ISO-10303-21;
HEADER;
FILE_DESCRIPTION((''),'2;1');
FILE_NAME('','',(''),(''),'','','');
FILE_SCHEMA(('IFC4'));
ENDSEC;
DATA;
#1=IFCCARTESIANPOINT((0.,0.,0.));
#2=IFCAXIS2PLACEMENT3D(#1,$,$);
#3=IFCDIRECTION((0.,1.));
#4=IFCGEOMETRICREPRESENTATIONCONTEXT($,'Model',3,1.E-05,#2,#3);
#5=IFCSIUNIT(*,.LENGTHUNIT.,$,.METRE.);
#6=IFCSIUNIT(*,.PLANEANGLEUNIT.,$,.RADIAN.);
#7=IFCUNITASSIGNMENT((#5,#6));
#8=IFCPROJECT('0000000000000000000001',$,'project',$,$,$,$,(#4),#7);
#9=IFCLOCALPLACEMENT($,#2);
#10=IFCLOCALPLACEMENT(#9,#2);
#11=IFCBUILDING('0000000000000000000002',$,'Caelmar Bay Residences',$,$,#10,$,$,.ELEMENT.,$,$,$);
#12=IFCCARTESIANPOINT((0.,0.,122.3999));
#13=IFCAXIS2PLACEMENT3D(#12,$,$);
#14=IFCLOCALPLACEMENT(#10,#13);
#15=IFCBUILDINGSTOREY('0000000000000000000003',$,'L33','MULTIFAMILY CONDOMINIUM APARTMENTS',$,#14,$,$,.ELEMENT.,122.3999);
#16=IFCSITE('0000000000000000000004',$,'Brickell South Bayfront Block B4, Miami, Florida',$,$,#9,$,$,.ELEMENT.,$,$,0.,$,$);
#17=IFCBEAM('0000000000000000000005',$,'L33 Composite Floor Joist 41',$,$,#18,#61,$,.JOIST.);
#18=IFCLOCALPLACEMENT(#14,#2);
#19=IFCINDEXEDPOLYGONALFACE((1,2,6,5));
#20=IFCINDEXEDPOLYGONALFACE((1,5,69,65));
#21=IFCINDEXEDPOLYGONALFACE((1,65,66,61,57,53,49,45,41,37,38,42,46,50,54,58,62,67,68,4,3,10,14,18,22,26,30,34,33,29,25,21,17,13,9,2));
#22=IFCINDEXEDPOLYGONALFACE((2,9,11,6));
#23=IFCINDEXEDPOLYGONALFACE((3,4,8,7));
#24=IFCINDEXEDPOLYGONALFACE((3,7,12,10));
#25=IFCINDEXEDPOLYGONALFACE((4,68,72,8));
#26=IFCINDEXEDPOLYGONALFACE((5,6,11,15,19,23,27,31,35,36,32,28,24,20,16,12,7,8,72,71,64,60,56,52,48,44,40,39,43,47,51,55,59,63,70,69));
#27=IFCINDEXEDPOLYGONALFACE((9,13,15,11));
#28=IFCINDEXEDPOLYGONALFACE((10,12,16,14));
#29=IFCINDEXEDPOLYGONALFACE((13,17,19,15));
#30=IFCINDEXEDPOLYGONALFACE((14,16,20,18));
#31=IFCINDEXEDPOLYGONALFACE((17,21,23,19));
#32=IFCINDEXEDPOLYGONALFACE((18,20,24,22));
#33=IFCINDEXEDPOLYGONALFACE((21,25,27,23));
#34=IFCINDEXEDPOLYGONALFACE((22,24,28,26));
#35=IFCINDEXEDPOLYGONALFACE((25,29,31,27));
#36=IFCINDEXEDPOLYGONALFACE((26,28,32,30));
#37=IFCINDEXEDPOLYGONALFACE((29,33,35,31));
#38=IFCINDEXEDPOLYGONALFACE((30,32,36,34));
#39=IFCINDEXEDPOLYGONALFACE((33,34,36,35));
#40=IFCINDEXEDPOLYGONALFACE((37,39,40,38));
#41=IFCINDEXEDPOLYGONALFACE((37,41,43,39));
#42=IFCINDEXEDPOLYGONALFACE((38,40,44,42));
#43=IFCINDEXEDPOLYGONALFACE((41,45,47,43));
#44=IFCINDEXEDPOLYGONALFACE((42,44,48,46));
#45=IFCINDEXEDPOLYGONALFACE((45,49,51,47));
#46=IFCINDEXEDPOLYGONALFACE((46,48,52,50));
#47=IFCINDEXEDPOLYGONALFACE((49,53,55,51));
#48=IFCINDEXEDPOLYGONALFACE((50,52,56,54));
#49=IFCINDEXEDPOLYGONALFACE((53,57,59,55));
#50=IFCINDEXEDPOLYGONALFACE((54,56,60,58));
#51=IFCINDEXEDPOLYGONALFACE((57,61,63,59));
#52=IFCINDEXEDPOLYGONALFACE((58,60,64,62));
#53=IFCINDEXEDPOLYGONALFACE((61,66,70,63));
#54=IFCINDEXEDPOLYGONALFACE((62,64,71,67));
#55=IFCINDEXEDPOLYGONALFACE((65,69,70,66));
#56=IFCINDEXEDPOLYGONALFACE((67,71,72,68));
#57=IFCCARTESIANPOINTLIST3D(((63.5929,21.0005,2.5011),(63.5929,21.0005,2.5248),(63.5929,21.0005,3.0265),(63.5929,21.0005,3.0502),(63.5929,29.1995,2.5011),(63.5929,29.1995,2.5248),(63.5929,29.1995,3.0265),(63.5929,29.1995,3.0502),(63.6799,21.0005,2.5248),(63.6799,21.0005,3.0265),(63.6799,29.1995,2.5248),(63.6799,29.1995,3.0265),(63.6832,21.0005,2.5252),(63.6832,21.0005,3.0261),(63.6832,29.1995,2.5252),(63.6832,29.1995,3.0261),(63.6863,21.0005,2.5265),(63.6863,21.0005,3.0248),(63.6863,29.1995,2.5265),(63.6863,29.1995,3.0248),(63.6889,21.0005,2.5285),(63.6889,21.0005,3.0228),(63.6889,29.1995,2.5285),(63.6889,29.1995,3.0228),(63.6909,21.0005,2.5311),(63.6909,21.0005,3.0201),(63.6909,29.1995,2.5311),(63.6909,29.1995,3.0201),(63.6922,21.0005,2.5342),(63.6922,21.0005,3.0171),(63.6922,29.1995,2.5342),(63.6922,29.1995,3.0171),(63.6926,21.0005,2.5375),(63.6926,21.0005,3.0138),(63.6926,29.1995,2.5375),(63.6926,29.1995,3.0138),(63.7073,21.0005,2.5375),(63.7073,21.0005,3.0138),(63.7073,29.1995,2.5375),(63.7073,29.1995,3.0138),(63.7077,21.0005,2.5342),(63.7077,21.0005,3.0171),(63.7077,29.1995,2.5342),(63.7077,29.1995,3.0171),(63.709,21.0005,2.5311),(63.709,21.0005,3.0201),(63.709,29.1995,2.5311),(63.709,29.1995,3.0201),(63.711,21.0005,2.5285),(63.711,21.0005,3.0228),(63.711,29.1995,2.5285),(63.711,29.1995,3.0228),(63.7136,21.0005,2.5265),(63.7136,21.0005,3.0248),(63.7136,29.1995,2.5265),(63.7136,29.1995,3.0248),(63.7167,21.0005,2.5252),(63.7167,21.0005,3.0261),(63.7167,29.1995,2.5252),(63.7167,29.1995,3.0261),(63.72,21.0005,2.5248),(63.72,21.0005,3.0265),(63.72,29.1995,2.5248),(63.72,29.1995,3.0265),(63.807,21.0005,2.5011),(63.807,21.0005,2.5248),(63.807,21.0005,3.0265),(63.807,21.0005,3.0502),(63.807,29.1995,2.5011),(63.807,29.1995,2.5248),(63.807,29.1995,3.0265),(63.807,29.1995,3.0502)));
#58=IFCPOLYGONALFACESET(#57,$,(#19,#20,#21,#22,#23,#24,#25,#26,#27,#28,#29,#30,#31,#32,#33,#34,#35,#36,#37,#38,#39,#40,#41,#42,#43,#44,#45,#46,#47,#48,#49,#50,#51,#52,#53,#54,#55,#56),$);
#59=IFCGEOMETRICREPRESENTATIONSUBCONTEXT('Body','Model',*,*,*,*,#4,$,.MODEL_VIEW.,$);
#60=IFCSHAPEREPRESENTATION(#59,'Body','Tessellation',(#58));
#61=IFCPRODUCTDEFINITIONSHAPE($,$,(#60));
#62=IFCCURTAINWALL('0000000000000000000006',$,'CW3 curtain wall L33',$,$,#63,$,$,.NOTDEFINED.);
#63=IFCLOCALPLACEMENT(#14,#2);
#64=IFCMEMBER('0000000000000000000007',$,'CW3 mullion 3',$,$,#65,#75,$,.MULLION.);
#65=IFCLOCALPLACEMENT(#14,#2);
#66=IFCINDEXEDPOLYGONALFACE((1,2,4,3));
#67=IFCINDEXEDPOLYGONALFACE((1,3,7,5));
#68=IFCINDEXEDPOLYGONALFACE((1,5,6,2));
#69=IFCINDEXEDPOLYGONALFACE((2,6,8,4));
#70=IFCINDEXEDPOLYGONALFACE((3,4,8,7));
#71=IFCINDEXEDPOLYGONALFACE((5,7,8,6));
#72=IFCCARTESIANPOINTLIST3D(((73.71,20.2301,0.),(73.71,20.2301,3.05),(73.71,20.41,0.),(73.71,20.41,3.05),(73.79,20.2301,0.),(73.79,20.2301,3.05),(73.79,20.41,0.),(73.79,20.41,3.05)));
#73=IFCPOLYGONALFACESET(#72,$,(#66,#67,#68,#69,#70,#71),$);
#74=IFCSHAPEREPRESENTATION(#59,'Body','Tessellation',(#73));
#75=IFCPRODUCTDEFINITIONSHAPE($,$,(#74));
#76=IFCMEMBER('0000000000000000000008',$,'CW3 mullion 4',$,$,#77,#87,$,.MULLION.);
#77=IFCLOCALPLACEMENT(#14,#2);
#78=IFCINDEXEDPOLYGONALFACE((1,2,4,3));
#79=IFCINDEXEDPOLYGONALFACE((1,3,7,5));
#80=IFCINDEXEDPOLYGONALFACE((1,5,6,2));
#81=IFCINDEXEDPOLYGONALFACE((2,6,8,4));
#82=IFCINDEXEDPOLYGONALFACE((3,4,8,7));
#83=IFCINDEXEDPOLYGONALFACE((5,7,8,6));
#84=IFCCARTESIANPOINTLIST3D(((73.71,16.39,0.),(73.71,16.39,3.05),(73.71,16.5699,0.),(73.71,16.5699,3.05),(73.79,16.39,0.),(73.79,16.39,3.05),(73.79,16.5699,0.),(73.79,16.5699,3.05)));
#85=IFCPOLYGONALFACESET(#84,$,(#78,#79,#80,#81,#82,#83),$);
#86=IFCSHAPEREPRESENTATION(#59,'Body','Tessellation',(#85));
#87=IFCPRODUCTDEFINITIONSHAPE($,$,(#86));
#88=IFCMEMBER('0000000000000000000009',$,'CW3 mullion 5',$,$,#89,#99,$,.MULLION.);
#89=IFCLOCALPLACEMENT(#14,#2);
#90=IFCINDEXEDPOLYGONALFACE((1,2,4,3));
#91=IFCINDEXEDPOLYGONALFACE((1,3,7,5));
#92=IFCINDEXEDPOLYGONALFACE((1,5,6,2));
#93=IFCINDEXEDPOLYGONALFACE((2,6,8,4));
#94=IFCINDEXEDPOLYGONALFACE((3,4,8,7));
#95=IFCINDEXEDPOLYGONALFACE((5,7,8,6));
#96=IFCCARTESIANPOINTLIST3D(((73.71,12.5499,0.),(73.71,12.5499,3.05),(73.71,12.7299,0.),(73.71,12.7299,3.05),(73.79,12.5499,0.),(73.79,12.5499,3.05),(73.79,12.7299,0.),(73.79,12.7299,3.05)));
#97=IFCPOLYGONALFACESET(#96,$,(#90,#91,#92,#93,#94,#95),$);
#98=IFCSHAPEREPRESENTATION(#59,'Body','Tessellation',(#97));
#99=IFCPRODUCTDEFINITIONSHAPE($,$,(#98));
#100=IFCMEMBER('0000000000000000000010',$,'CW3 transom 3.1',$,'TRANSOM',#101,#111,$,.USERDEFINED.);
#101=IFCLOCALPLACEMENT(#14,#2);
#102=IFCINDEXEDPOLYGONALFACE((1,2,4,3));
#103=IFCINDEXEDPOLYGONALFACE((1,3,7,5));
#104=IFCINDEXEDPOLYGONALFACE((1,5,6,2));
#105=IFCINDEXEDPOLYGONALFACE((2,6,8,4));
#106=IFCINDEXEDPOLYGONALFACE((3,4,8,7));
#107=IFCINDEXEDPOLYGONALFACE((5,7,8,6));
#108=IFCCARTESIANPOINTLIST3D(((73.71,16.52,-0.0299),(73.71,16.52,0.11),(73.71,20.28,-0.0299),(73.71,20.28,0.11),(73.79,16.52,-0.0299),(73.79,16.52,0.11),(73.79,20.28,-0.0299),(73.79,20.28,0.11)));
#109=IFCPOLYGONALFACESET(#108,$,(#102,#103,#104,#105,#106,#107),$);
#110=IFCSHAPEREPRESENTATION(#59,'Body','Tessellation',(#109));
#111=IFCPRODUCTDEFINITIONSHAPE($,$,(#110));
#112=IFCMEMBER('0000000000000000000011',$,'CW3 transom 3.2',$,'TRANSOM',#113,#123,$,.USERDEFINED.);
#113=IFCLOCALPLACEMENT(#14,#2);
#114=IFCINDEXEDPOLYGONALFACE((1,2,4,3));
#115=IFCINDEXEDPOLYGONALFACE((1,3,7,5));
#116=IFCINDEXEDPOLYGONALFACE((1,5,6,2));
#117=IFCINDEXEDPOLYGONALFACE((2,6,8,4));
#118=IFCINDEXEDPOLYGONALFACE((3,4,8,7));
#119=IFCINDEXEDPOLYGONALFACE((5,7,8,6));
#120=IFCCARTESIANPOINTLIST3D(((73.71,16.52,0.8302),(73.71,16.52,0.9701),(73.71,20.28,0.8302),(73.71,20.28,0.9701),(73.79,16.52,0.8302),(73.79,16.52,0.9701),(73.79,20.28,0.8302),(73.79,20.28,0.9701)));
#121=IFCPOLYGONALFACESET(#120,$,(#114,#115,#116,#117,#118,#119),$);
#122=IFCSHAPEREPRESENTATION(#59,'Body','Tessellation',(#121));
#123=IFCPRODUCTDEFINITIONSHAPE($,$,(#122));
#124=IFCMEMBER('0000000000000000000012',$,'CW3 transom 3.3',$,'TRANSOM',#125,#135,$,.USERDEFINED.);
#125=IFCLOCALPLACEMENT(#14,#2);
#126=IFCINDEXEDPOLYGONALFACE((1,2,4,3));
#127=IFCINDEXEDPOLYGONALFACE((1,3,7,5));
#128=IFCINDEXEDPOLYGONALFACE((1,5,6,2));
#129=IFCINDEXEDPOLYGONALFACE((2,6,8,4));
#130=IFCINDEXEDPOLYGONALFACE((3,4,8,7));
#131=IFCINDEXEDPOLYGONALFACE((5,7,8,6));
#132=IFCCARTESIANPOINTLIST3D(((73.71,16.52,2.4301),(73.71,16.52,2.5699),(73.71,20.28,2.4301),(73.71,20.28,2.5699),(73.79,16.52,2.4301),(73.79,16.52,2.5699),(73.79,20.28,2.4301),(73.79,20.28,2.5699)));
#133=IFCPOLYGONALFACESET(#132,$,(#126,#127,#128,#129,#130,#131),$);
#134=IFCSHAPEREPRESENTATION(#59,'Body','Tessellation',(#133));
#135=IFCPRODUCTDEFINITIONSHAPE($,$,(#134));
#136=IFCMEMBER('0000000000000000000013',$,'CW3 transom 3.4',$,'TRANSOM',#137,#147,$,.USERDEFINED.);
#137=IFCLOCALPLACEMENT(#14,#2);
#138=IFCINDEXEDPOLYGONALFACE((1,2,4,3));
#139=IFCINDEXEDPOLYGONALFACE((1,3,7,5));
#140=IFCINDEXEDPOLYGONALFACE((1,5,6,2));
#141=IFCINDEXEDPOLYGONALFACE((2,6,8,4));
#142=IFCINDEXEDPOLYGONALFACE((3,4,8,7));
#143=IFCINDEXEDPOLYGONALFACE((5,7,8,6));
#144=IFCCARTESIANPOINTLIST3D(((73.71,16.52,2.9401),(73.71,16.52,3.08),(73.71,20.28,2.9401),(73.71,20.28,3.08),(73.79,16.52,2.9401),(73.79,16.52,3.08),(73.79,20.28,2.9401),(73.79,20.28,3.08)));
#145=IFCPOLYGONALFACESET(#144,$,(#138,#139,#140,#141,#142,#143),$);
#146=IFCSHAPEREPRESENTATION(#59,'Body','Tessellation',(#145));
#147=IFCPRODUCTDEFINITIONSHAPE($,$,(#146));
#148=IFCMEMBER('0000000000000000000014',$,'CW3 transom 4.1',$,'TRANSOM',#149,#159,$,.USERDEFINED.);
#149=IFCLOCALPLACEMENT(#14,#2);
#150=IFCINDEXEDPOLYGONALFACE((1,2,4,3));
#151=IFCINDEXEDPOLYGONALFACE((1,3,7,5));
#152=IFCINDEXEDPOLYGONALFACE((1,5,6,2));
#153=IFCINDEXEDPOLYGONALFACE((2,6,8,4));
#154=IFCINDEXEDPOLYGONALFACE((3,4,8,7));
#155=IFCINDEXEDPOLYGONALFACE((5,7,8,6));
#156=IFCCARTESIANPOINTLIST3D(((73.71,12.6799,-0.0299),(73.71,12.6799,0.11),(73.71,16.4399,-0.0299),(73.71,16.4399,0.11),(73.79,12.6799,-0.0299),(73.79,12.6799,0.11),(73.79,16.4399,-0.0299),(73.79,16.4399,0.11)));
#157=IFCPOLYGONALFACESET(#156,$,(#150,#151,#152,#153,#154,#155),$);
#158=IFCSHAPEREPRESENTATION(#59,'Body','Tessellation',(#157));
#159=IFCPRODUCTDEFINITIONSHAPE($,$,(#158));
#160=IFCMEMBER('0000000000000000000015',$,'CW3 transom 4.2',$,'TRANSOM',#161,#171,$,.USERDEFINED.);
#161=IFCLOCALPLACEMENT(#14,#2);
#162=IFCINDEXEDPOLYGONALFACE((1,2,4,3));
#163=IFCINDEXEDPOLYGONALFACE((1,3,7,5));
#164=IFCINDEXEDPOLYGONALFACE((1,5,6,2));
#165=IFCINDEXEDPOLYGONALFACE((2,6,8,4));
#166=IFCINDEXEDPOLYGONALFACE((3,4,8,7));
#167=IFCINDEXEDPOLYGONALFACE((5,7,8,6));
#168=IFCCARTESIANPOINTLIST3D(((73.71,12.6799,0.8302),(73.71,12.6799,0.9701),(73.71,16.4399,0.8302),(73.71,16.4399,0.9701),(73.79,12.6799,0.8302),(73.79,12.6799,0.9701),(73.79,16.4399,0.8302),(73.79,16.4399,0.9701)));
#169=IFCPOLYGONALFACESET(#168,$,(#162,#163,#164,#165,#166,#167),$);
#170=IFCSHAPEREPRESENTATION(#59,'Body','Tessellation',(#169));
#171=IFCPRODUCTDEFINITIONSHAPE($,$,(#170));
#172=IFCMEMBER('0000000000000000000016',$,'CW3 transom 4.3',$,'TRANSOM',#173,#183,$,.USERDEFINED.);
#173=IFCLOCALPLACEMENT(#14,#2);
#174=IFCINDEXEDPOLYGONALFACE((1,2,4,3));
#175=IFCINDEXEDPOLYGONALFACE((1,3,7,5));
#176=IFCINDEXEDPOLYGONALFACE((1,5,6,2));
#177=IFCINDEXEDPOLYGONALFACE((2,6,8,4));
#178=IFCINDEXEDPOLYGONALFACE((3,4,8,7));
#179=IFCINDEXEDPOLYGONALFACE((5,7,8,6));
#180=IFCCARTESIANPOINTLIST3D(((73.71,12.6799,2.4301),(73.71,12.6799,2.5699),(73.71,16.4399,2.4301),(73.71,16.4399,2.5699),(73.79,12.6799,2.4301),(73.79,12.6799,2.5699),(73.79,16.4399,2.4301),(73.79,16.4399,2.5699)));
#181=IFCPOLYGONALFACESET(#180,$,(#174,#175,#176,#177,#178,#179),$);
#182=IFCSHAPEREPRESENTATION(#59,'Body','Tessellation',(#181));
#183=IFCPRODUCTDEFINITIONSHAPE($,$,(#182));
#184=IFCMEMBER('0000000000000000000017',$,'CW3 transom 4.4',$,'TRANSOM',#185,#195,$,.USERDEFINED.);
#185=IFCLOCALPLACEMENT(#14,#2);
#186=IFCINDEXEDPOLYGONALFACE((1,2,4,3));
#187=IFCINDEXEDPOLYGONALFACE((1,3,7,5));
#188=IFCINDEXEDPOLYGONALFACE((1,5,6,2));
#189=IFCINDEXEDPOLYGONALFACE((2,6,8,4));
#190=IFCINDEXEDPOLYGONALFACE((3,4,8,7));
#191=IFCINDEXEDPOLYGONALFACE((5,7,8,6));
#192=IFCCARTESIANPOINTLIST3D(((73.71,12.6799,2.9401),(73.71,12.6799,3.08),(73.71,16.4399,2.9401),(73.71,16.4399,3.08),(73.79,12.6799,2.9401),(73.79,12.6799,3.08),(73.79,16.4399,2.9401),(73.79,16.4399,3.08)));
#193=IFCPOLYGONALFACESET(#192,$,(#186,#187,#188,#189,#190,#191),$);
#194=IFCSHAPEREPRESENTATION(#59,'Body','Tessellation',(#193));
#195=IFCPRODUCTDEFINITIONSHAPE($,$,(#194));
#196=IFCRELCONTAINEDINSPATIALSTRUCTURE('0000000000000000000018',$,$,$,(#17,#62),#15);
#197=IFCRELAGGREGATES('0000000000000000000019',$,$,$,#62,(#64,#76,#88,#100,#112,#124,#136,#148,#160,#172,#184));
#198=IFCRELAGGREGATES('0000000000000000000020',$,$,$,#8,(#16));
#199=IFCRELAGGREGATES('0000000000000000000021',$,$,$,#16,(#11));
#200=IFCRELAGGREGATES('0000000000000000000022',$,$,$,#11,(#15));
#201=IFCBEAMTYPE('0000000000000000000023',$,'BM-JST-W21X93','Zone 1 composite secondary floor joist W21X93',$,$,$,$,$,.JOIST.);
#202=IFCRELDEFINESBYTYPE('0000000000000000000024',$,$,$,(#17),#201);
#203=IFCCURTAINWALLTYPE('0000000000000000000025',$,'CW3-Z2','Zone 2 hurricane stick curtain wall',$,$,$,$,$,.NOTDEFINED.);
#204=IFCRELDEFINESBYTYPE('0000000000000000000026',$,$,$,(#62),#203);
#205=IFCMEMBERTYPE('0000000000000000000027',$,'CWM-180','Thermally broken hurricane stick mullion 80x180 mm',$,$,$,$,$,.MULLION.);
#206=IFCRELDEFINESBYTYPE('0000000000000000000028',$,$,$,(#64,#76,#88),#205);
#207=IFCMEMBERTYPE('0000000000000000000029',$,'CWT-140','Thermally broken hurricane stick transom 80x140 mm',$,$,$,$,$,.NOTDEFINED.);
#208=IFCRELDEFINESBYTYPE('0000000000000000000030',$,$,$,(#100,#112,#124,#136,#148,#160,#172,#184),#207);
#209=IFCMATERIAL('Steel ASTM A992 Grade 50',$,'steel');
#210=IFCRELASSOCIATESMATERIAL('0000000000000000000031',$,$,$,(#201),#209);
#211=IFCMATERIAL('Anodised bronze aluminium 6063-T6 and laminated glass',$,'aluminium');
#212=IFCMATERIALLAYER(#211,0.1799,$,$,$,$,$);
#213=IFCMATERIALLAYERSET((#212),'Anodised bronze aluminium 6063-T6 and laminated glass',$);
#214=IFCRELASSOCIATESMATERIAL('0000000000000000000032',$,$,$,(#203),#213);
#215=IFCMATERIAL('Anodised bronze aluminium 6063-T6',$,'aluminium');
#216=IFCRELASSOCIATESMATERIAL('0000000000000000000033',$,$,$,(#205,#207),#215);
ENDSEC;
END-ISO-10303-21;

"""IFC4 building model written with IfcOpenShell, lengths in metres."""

from ifc_helpers import new_model, si_unit, direction, frame, origin, origin_2d, place, context, subcontext, project, spatial, rectangle, i_section, extrude, material, layer, layer_set, material_profile, profile_set, type_object, element, aggregate, save


model = new_model("IFC4")

# Units and contexts
model_context = context("Model", 3, precision=1e-05, world=origin(), true_north=direction((0.0, 1.0)))
body_context = subcontext(model_context, "Body", "Model", "MODEL_VIEW")
ifc_project = project(units=[si_unit("LENGTHUNIT", "METRE"), si_unit("PLANEANGLEUNIT", "RADIAN")], contexts=[model_context])

# Site, building, storey
site_placement = place(None, origin())
site = spatial("IfcSite", under=ifc_project, at=site_placement, Name="Brickell South Bayfront Block B4, Miami, Florida", CompositionType="ELEMENT", RefElevation=0.0)
building_placement = place(site_placement, origin())
building = spatial("IfcBuilding", under=site, at=building_placement, Name="Caelmar Bay Residences", CompositionType="ELEMENT")
storey_placement = place(building_placement, frame((0.0, 0.0, 122.3999)))
storey = spatial("IfcBuildingStorey", under=building, at=storey_placement, Name="L33", Description="MULTIFAMILY CONDOMINIUM APARTMENTS", CompositionType="ELEMENT", Elevation=122.3999)

# Beam
ifc_material_1 = material(Name="Steel ASTM A992 Grade 50", Category="steel")
ifc_material_profile_1 = material_profile(ifc_material_1, i_section(OverallWidth=0.2141, OverallDepth=0.5491, WebThickness=0.0146, FlangeThickness=0.0237, FilletRadius=0.0127, at=origin_2d()), Name="W21X93")
ifc_profile_set_1 = profile_set([ifc_material_profile_1], Name="Steel ASTM A992 Grade 50")
beam_type_1 = type_object("IfcBeamType", Name="BM-JST-W21X93", Description="Zone 1 composite secondary floor joist W21X93", PredefinedType="JOIST", material=ifc_profile_set_1)
beam_1_placement = place(storey_placement, frame((63.7, 21.0005, 2.7756), z_axis=(0.0, 1.0, 0.0), x_axis=(-1.0, 0.0, 0.0)))
element("IfcBeam", 1, at=beam_1_placement, inside=storey, type_object=beam_type_1, Name="L33 Composite Floor Joist 41", PredefinedType="JOIST", context=body_context, shape_type="SweptSolid", body=[
    extrude(i_section(OverallWidth=0.2141, OverallDepth=0.5491, WebThickness=0.0146, FlangeThickness=0.0237, FilletRadius=0.0127, at=origin_2d()), origin(), (0.0, 0.0, 1.0), 8.199),
])

# Curtain wall, members
ifc_material_2 = material(Name="Anodised bronze aluminium 6063-T6 and laminated glass", Category="aluminium")
ifc_layer_1 = layer(ifc_material_2, 0.1799)
ifc_layer_set_1 = layer_set([ifc_layer_1], Name="Anodised bronze aluminium 6063-T6 and laminated glass")
curtain_wall_type = type_object("IfcCurtainWallType", Name="CW3-Z2", Description="Zone 2 hurricane stick curtain wall", PredefinedType="NOTDEFINED", material=ifc_layer_set_1)
curtain_wall_placement = place(storey_placement, origin())
curtain_wall = element("IfcCurtainWall", 2, at=curtain_wall_placement, inside=storey, type_object=curtain_wall_type, Name="CW3 curtain wall L33", PredefinedType="NOTDEFINED")
ifc_material_3 = material(Name="Anodised bronze aluminium 6063-T6", Category="aluminium")
ifc_material_profile_2 = material_profile(ifc_material_3, rectangle(XDim=0.0801, YDim=0.1799, at=origin_2d()), Name="CWM-80X180")
ifc_profile_set_2 = profile_set([ifc_material_profile_2], Name="Anodised bronze aluminium 6063-T6")
member_type_1 = type_object("IfcMemberType", Name="CWM-180", Description="Thermally broken hurricane stick mullion 80x180 mm", PredefinedType="MULLION", material=ifc_profile_set_2)
member_1_placement = place(storey_placement, frame((73.75, 20.3201, 0.0), z_axis=(0.0, 0.0, 1.0), x_axis=(1.0, 0.0, 0.0)))
member_1 = element("IfcMember", 3, at=member_1_placement, type_object=member_type_1, Name="CW3 mullion 3", PredefinedType="MULLION", context=body_context, shape_type="SweptSolid", body=[
    extrude(rectangle(XDim=0.0801, YDim=0.1799, at=origin_2d()), origin(), (0.0, 0.0, 1.0), 3.05),
])
member_2_placement = place(storey_placement, frame((73.75, 16.48, 0.0), z_axis=(0.0, 0.0, 1.0), x_axis=(1.0, 0.0, 0.0)))
member_2 = element("IfcMember", 4, at=member_2_placement, type_object=member_type_1, Name="CW3 mullion 4", PredefinedType="MULLION", context=body_context, shape_type="SweptSolid", body=[
    extrude(rectangle(XDim=0.0801, YDim=0.1799, at=origin_2d()), origin(), (0.0, 0.0, 1.0), 3.05),
])
member_3_placement = place(storey_placement, frame((73.75, 12.6399, 0.0), z_axis=(0.0, 0.0, 1.0), x_axis=(1.0, 0.0, 0.0)))
member_3 = element("IfcMember", 5, at=member_3_placement, type_object=member_type_1, Name="CW3 mullion 5", PredefinedType="MULLION", context=body_context, shape_type="SweptSolid", body=[
    extrude(rectangle(XDim=0.0801, YDim=0.1799, at=origin_2d()), origin(), (0.0, 0.0, 1.0), 3.05),
])
ifc_material_profile_3 = material_profile(ifc_material_3, rectangle(XDim=0.0801, YDim=0.1399, at=origin_2d()), Name="CWT-80X140")
ifc_profile_set_3 = profile_set([ifc_material_profile_3], Name="Anodised bronze aluminium 6063-T6")
member_type_2 = type_object("IfcMemberType", Name="CWT-140", Description="Thermally broken hurricane stick transom 80x140 mm", PredefinedType="NOTDEFINED", material=ifc_profile_set_3)
member_4_placement = place(storey_placement, frame((73.75, 20.28, 0.04), z_axis=(0.0, -1.0, 0.0), x_axis=(1.0, 0.0, 0.0)))
member_4 = element("IfcMember", 6, at=member_4_placement, type_object=member_type_2, Name="CW3 transom 3.1", ObjectType="TRANSOM", PredefinedType="USERDEFINED", context=body_context, shape_type="SweptSolid", body=[
    extrude(rectangle(XDim=0.0801, YDim=0.1399, at=origin_2d()), origin(), (0.0, 0.0, 1.0), 3.76),
])
member_5_placement = place(storey_placement, frame((73.75, 20.28, 0.9001), z_axis=(0.0, -1.0, 0.0), x_axis=(1.0, 0.0, 0.0)))
member_5 = element("IfcMember", 7, at=member_5_placement, type_object=member_type_2, Name="CW3 transom 3.2", ObjectType="TRANSOM", PredefinedType="USERDEFINED", context=body_context, shape_type="SweptSolid", body=[
    extrude(rectangle(XDim=0.0801, YDim=0.1399, at=origin_2d()), origin(), (0.0, 0.0, 1.0), 3.76),
])
member_6_placement = place(storey_placement, frame((73.75, 20.28, 2.5), z_axis=(0.0, -1.0, 0.0), x_axis=(1.0, 0.0, 0.0)))
member_6 = element("IfcMember", 8, at=member_6_placement, type_object=member_type_2, Name="CW3 transom 3.3", ObjectType="TRANSOM", PredefinedType="USERDEFINED", context=body_context, shape_type="SweptSolid", body=[
    extrude(rectangle(XDim=0.0801, YDim=0.1399, at=origin_2d()), origin(), (0.0, 0.0, 1.0), 3.76),
])
member_7_placement = place(storey_placement, frame((73.75, 20.28, 3.01), z_axis=(0.0, -1.0, 0.0), x_axis=(1.0, 0.0, 0.0)))
member_7 = element("IfcMember", 9, at=member_7_placement, type_object=member_type_2, Name="CW3 transom 3.4", ObjectType="TRANSOM", PredefinedType="USERDEFINED", context=body_context, shape_type="SweptSolid", body=[
    extrude(rectangle(XDim=0.0801, YDim=0.1399, at=origin_2d()), origin(), (0.0, 0.0, 1.0), 3.76),
])
member_8_placement = place(storey_placement, frame((73.75, 16.4399, 0.04), z_axis=(0.0, -1.0, 0.0), x_axis=(1.0, 0.0, 0.0)))
member_8 = element("IfcMember", 10, at=member_8_placement, type_object=member_type_2, Name="CW3 transom 4.1", ObjectType="TRANSOM", PredefinedType="USERDEFINED", context=body_context, shape_type="SweptSolid", body=[
    extrude(rectangle(XDim=0.0801, YDim=0.1399, at=origin_2d()), origin(), (0.0, 0.0, 1.0), 3.76),
])
member_9_placement = place(storey_placement, frame((73.75, 16.4399, 0.9001), z_axis=(0.0, -1.0, 0.0), x_axis=(1.0, 0.0, 0.0)))
member_9 = element("IfcMember", 11, at=member_9_placement, type_object=member_type_2, Name="CW3 transom 4.2", ObjectType="TRANSOM", PredefinedType="USERDEFINED", context=body_context, shape_type="SweptSolid", body=[
    extrude(rectangle(XDim=0.0801, YDim=0.1399, at=origin_2d()), origin(), (0.0, 0.0, 1.0), 3.76),
])
member_10_placement = place(storey_placement, frame((73.75, 16.4399, 2.5), z_axis=(0.0, -1.0, 0.0), x_axis=(1.0, 0.0, 0.0)))
member_10 = element("IfcMember", 12, at=member_10_placement, type_object=member_type_2, Name="CW3 transom 4.3", ObjectType="TRANSOM", PredefinedType="USERDEFINED", context=body_context, shape_type="SweptSolid", body=[
    extrude(rectangle(XDim=0.0801, YDim=0.1399, at=origin_2d()), origin(), (0.0, 0.0, 1.0), 3.76),
])
member_11_placement = place(storey_placement, frame((73.75, 16.4399, 3.01), z_axis=(0.0, -1.0, 0.0), x_axis=(1.0, 0.0, 0.0)))
member_11 = element("IfcMember", 13, at=member_11_placement, type_object=member_type_2, Name="CW3 transom 4.4", ObjectType="TRANSOM", PredefinedType="USERDEFINED", context=body_context, shape_type="SweptSolid", body=[
    extrude(rectangle(XDim=0.0801, YDim=0.1399, at=origin_2d()), origin(), (0.0, 0.0, 1.0), 3.76),
])
aggregate(curtain_wall, [member_1, member_2, member_3, member_4, member_5, member_6, member_7, member_8, member_9, member_10, member_11])

save(model, "model.ifc")
